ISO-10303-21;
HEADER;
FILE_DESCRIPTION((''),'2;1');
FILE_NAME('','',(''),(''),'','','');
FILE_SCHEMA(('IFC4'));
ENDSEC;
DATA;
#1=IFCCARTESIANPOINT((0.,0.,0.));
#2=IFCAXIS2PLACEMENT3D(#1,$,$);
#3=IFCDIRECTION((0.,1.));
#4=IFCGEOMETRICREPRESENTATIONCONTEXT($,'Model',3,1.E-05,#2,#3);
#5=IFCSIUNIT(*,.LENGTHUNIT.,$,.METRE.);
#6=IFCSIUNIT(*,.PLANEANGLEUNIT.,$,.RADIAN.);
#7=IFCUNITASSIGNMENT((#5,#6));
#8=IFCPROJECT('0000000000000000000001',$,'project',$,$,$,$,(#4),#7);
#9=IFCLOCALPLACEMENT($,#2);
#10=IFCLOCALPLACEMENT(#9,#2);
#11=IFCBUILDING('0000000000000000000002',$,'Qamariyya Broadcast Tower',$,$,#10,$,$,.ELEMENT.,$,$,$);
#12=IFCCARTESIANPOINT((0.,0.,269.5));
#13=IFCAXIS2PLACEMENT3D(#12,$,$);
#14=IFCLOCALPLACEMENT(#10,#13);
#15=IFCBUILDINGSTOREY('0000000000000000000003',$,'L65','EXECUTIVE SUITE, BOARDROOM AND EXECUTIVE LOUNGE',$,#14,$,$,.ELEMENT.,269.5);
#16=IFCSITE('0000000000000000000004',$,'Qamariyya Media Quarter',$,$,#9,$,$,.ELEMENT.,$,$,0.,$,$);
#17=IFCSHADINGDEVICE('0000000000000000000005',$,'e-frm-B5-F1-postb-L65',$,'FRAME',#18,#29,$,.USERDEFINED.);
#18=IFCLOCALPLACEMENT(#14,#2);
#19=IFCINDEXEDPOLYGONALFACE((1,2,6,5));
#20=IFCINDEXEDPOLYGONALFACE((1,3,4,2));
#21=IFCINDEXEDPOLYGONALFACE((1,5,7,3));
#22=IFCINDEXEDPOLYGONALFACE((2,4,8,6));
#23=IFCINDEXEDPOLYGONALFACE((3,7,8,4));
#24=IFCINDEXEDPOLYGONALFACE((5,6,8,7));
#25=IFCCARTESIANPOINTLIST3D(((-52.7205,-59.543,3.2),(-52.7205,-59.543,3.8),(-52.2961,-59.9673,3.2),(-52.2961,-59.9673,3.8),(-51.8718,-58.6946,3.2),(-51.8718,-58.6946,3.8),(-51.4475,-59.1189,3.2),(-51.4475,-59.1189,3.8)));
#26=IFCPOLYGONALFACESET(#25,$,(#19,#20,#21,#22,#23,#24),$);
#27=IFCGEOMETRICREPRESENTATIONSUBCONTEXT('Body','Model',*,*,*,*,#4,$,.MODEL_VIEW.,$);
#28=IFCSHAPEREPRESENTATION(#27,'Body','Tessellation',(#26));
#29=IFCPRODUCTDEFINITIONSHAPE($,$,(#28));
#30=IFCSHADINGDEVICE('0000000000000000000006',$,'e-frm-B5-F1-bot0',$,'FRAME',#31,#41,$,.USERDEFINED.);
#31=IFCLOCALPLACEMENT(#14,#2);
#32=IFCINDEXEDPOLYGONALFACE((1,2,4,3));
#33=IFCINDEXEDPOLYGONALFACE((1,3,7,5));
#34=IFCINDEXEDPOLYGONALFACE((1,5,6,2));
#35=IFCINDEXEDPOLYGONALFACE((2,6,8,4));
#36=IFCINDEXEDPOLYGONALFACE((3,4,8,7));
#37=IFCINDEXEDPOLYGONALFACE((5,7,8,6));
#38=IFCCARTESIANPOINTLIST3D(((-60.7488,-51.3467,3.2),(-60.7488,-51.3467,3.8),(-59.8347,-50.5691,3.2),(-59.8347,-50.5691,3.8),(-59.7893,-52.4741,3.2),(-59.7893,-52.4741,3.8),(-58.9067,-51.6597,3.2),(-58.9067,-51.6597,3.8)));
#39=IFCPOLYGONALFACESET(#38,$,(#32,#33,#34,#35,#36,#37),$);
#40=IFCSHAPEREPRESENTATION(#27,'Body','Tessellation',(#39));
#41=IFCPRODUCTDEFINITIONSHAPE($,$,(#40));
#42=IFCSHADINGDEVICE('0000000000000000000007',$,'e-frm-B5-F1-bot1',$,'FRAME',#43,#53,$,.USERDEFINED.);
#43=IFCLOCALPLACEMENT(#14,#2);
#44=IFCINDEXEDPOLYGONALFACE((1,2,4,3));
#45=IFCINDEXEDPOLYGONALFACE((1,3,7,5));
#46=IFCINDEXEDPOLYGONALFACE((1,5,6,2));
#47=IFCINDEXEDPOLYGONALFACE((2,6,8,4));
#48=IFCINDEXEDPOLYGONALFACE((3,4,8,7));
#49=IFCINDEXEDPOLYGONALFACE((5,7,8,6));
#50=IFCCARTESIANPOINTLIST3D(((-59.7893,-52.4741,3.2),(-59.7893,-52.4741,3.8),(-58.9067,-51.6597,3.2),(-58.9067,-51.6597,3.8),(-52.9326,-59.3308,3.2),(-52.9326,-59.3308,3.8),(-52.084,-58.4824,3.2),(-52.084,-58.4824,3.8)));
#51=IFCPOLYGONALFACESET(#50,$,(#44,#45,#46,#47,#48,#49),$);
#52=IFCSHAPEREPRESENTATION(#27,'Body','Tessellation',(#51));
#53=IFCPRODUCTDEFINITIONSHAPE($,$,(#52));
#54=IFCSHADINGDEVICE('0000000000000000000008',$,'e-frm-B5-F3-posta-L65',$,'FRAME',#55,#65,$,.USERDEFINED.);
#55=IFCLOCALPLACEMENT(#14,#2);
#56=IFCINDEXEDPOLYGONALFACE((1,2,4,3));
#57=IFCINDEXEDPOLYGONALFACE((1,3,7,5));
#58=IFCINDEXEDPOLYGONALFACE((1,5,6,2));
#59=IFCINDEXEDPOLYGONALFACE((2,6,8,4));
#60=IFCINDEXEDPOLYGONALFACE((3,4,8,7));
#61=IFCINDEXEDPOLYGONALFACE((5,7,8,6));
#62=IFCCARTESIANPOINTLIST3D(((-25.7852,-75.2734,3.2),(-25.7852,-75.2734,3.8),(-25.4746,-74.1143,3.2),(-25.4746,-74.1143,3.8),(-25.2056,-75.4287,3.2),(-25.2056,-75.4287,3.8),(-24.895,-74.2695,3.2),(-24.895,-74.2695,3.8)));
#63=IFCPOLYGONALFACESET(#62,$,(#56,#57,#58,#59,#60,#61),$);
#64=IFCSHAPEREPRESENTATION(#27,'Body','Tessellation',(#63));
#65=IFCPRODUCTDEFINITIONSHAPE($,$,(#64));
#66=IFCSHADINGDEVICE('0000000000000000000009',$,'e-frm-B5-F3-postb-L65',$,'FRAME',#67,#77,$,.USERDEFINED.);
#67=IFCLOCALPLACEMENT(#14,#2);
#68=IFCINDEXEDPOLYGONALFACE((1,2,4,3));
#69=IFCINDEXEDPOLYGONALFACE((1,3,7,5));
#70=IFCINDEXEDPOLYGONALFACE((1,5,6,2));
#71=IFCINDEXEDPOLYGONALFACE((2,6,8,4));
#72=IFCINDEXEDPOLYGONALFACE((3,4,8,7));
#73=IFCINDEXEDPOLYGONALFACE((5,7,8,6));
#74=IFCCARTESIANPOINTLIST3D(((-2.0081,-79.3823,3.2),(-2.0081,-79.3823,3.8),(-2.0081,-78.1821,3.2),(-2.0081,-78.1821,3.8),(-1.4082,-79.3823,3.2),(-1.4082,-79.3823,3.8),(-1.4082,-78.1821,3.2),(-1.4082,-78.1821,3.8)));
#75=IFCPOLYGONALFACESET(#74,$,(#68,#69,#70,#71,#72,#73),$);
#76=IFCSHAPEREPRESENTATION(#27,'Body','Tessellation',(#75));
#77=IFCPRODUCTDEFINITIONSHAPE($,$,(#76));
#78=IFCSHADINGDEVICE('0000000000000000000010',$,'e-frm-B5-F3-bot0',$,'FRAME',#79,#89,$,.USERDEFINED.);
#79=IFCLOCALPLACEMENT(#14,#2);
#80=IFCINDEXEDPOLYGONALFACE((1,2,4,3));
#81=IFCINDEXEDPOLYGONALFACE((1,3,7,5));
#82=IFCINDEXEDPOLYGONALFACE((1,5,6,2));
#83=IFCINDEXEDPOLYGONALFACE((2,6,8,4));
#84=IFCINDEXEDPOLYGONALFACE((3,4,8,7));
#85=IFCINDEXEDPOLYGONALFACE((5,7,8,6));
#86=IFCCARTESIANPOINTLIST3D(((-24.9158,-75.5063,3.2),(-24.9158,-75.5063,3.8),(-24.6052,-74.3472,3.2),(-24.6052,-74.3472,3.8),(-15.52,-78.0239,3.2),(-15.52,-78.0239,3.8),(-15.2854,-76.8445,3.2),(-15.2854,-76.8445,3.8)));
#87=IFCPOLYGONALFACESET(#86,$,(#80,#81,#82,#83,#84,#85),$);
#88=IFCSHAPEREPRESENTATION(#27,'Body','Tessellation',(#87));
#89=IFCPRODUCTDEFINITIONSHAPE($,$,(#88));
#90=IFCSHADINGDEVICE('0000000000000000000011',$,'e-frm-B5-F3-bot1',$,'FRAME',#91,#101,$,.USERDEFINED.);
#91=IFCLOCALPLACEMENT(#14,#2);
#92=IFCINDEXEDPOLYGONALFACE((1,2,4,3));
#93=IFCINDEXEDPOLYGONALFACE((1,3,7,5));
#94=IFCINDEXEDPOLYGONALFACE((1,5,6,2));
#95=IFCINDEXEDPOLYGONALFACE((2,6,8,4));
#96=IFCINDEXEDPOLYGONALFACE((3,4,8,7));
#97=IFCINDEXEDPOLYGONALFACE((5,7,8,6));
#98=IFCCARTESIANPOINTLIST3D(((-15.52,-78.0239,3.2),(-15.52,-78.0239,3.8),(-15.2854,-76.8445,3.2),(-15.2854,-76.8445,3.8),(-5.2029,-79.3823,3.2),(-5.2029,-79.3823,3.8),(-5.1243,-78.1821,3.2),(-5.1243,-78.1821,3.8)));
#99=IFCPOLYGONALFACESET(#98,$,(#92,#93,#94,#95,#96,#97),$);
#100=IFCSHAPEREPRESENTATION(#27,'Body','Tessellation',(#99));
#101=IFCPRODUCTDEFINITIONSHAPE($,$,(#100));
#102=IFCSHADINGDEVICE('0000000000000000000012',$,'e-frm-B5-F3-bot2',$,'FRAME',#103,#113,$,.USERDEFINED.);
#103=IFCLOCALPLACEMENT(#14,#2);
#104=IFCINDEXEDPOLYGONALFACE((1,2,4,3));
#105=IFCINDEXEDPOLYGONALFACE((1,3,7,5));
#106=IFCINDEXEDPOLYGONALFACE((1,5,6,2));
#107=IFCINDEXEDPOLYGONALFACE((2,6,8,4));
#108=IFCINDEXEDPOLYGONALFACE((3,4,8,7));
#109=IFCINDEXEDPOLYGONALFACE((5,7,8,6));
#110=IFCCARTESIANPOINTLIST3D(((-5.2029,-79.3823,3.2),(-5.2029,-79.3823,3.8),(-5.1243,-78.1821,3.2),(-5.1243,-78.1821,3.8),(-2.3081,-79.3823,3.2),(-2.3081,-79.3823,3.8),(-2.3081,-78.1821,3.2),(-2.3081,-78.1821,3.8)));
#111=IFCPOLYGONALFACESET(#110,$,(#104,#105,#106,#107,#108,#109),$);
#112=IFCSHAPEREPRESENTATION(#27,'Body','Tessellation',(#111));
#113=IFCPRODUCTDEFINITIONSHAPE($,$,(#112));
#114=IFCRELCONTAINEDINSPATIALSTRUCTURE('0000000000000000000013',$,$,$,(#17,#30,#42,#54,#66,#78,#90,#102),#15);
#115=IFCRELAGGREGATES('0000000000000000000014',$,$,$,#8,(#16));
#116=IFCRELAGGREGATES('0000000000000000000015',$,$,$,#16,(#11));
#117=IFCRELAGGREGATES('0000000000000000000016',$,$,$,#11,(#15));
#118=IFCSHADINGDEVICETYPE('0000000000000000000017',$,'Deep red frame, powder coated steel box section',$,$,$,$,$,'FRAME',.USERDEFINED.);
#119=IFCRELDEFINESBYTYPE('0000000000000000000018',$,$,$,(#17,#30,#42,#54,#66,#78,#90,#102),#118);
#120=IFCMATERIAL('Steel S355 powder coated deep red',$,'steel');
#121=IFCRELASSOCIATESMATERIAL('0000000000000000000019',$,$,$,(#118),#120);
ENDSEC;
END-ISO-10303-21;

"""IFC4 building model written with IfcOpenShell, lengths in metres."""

from ifc_helpers import new_model, si_unit, direction, frame, origin, place, context, subcontext, project, spatial, polyline, outline, extrude, material, type_object, element, save


model = new_model("IFC4")

# Units and contexts
model_context = context("Model", 3, precision=1e-05, world=origin(), true_north=direction((0.0, 1.0)))
body_context = subcontext(model_context, "Body", "Model", "MODEL_VIEW")
ifc_project = project(units=[si_unit("LENGTHUNIT", "METRE"), si_unit("PLANEANGLEUNIT", "RADIAN")], contexts=[model_context])

# Site, building, storey
site_placement = place(None, origin())
site = spatial("IfcSite", under=ifc_project, at=site_placement, Name="Qamariyya Media Quarter", CompositionType="ELEMENT", RefElevation=0.0)
building_placement = place(site_placement, origin())
building = spatial("IfcBuilding", under=site, at=building_placement, Name="Qamariyya Broadcast Tower", CompositionType="ELEMENT")
storey_placement = place(building_placement, frame((0.0, 0.0, 269.5)))
storey = spatial("IfcBuildingStorey", under=building, at=storey_placement, Name="L65", Description="EXECUTIVE SUITE, BOARDROOM AND EXECUTIVE LOUNGE", CompositionType="ELEMENT", Elevation=269.5)

# Shading devices
ifc_material = material(Name="Steel S355 powder coated deep red", Category="steel")
shading_device_type = type_object("IfcShadingDeviceType", Name="Deep red frame, powder coated steel box section", ElementType="FRAME", PredefinedType="USERDEFINED", material=ifc_material)
shading_device_1_placement = place(storey_placement, frame((0.0, 0.0, 3.2)))
element("IfcShadingDevice", 1, at=shading_device_1_placement, inside=storey, type_object=shading_device_type, Name="e-frm-B5-F1-postb-L65", ObjectType="FRAME", PredefinedType="USERDEFINED", context=body_context, shape_type="SweptSolid", body=[
    extrude(outline(polyline([(-51.8718, -58.6946), (-52.7205, -59.543), (-52.2961, -59.9673), (-51.4475, -59.1189), (-51.8718, -58.6946)])), origin(), (0.0, 0.0, 1.0), 0.6001),
])
shading_device_2_placement = place(storey_placement, frame((0.0, 0.0, 3.2)))
element("IfcShadingDevice", 2, at=shading_device_2_placement, inside=storey, type_object=shading_device_type, Name="e-frm-B5-F1-bot0", ObjectType="FRAME", PredefinedType="USERDEFINED", context=body_context, shape_type="SweptSolid", body=[
    extrude(outline(polyline([(-59.8347, -50.5691), (-60.7488, -51.3467), (-59.7893, -52.4741), (-58.9067, -51.6597), (-59.8347, -50.5691)])), origin(), (0.0, 0.0, 1.0), 0.6001),
])
shading_device_3_placement = place(storey_placement, frame((0.0, 0.0, 3.2)))
element("IfcShadingDevice", 3, at=shading_device_3_placement, inside=storey, type_object=shading_device_type, Name="e-frm-B5-F1-bot1", ObjectType="FRAME", PredefinedType="USERDEFINED", context=body_context, shape_type="SweptSolid", body=[
    extrude(outline(polyline([(-58.9067, -51.6597), (-59.7893, -52.4741), (-52.9326, -59.3308), (-52.084, -58.4824), (-58.9067, -51.6597)])), origin(), (0.0, 0.0, 1.0), 0.6001),
])
shading_device_4_placement = place(storey_placement, frame((0.0, 0.0, 3.2)))
element("IfcShadingDevice", 4, at=shading_device_4_placement, inside=storey, type_object=shading_device_type, Name="e-frm-B5-F3-posta-L65", ObjectType="FRAME", PredefinedType="USERDEFINED", context=body_context, shape_type="SweptSolid", body=[
    extrude(outline(polyline([(-25.4746, -74.1143), (-25.7852, -75.2734), (-25.2056, -75.4287), (-24.895, -74.2695), (-25.4746, -74.1143)])), origin(), (0.0, 0.0, 1.0), 0.6001),
])
shading_device_5_placement = place(storey_placement, frame((0.0, 0.0, 3.2)))
element("IfcShadingDevice", 5, at=shading_device_5_placement, inside=storey, type_object=shading_device_type, Name="e-frm-B5-F3-postb-L65", ObjectType="FRAME", PredefinedType="USERDEFINED", context=body_context, shape_type="SweptSolid", body=[
    extrude(outline(polyline([(-2.0081, -78.1821), (-2.0081, -79.3823), (-1.4082, -79.3823), (-1.4082, -78.1821), (-2.0081, -78.1821)])), origin(), (0.0, 0.0, 1.0), 0.6001),
])
shading_device_6_placement = place(storey_placement, frame((0.0, 0.0, 3.2)))
element("IfcShadingDevice", 6, at=shading_device_6_placement, inside=storey, type_object=shading_device_type, Name="e-frm-B5-F3-bot0", ObjectType="FRAME", PredefinedType="USERDEFINED", context=body_context, shape_type="SweptSolid", body=[
    extrude(outline(polyline([(-24.6052, -74.3472), (-24.9158, -75.5063), (-15.52, -78.0239), (-15.2854, -76.8445), (-24.6052, -74.3472)])), origin(), (0.0, 0.0, 1.0), 0.6001),
])
shading_device_7_placement = place(storey_placement, frame((0.0, 0.0, 3.2)))
element("IfcShadingDevice", 7, at=shading_device_7_placement, inside=storey, type_object=shading_device_type, Name="e-frm-B5-F3-bot1", ObjectType="FRAME", PredefinedType="USERDEFINED", context=body_context, shape_type="SweptSolid", body=[
    extrude(outline(polyline([(-15.2854, -76.8445), (-15.52, -78.0239), (-5.2029, -79.3823), (-5.1243, -78.1821), (-15.2854, -76.8445)])), origin(), (0.0, 0.0, 1.0), 0.6001),
])
shading_device_8_placement = place(storey_placement, frame((0.0, 0.0, 3.2)))
element("IfcShadingDevice", 8, at=shading_device_8_placement, inside=storey, type_object=shading_device_type, Name="e-frm-B5-F3-bot2", ObjectType="FRAME", PredefinedType="USERDEFINED", context=body_context, shape_type="SweptSolid", body=[
    extrude(outline(polyline([(-5.1243, -78.1821), (-5.2029, -79.3823), (-2.3081, -79.3823), (-2.3081, -78.1821), (-5.1243, -78.1821)])), origin(), (0.0, 0.0, 1.0), 0.6001),
])

save(model, "model.ifc")
